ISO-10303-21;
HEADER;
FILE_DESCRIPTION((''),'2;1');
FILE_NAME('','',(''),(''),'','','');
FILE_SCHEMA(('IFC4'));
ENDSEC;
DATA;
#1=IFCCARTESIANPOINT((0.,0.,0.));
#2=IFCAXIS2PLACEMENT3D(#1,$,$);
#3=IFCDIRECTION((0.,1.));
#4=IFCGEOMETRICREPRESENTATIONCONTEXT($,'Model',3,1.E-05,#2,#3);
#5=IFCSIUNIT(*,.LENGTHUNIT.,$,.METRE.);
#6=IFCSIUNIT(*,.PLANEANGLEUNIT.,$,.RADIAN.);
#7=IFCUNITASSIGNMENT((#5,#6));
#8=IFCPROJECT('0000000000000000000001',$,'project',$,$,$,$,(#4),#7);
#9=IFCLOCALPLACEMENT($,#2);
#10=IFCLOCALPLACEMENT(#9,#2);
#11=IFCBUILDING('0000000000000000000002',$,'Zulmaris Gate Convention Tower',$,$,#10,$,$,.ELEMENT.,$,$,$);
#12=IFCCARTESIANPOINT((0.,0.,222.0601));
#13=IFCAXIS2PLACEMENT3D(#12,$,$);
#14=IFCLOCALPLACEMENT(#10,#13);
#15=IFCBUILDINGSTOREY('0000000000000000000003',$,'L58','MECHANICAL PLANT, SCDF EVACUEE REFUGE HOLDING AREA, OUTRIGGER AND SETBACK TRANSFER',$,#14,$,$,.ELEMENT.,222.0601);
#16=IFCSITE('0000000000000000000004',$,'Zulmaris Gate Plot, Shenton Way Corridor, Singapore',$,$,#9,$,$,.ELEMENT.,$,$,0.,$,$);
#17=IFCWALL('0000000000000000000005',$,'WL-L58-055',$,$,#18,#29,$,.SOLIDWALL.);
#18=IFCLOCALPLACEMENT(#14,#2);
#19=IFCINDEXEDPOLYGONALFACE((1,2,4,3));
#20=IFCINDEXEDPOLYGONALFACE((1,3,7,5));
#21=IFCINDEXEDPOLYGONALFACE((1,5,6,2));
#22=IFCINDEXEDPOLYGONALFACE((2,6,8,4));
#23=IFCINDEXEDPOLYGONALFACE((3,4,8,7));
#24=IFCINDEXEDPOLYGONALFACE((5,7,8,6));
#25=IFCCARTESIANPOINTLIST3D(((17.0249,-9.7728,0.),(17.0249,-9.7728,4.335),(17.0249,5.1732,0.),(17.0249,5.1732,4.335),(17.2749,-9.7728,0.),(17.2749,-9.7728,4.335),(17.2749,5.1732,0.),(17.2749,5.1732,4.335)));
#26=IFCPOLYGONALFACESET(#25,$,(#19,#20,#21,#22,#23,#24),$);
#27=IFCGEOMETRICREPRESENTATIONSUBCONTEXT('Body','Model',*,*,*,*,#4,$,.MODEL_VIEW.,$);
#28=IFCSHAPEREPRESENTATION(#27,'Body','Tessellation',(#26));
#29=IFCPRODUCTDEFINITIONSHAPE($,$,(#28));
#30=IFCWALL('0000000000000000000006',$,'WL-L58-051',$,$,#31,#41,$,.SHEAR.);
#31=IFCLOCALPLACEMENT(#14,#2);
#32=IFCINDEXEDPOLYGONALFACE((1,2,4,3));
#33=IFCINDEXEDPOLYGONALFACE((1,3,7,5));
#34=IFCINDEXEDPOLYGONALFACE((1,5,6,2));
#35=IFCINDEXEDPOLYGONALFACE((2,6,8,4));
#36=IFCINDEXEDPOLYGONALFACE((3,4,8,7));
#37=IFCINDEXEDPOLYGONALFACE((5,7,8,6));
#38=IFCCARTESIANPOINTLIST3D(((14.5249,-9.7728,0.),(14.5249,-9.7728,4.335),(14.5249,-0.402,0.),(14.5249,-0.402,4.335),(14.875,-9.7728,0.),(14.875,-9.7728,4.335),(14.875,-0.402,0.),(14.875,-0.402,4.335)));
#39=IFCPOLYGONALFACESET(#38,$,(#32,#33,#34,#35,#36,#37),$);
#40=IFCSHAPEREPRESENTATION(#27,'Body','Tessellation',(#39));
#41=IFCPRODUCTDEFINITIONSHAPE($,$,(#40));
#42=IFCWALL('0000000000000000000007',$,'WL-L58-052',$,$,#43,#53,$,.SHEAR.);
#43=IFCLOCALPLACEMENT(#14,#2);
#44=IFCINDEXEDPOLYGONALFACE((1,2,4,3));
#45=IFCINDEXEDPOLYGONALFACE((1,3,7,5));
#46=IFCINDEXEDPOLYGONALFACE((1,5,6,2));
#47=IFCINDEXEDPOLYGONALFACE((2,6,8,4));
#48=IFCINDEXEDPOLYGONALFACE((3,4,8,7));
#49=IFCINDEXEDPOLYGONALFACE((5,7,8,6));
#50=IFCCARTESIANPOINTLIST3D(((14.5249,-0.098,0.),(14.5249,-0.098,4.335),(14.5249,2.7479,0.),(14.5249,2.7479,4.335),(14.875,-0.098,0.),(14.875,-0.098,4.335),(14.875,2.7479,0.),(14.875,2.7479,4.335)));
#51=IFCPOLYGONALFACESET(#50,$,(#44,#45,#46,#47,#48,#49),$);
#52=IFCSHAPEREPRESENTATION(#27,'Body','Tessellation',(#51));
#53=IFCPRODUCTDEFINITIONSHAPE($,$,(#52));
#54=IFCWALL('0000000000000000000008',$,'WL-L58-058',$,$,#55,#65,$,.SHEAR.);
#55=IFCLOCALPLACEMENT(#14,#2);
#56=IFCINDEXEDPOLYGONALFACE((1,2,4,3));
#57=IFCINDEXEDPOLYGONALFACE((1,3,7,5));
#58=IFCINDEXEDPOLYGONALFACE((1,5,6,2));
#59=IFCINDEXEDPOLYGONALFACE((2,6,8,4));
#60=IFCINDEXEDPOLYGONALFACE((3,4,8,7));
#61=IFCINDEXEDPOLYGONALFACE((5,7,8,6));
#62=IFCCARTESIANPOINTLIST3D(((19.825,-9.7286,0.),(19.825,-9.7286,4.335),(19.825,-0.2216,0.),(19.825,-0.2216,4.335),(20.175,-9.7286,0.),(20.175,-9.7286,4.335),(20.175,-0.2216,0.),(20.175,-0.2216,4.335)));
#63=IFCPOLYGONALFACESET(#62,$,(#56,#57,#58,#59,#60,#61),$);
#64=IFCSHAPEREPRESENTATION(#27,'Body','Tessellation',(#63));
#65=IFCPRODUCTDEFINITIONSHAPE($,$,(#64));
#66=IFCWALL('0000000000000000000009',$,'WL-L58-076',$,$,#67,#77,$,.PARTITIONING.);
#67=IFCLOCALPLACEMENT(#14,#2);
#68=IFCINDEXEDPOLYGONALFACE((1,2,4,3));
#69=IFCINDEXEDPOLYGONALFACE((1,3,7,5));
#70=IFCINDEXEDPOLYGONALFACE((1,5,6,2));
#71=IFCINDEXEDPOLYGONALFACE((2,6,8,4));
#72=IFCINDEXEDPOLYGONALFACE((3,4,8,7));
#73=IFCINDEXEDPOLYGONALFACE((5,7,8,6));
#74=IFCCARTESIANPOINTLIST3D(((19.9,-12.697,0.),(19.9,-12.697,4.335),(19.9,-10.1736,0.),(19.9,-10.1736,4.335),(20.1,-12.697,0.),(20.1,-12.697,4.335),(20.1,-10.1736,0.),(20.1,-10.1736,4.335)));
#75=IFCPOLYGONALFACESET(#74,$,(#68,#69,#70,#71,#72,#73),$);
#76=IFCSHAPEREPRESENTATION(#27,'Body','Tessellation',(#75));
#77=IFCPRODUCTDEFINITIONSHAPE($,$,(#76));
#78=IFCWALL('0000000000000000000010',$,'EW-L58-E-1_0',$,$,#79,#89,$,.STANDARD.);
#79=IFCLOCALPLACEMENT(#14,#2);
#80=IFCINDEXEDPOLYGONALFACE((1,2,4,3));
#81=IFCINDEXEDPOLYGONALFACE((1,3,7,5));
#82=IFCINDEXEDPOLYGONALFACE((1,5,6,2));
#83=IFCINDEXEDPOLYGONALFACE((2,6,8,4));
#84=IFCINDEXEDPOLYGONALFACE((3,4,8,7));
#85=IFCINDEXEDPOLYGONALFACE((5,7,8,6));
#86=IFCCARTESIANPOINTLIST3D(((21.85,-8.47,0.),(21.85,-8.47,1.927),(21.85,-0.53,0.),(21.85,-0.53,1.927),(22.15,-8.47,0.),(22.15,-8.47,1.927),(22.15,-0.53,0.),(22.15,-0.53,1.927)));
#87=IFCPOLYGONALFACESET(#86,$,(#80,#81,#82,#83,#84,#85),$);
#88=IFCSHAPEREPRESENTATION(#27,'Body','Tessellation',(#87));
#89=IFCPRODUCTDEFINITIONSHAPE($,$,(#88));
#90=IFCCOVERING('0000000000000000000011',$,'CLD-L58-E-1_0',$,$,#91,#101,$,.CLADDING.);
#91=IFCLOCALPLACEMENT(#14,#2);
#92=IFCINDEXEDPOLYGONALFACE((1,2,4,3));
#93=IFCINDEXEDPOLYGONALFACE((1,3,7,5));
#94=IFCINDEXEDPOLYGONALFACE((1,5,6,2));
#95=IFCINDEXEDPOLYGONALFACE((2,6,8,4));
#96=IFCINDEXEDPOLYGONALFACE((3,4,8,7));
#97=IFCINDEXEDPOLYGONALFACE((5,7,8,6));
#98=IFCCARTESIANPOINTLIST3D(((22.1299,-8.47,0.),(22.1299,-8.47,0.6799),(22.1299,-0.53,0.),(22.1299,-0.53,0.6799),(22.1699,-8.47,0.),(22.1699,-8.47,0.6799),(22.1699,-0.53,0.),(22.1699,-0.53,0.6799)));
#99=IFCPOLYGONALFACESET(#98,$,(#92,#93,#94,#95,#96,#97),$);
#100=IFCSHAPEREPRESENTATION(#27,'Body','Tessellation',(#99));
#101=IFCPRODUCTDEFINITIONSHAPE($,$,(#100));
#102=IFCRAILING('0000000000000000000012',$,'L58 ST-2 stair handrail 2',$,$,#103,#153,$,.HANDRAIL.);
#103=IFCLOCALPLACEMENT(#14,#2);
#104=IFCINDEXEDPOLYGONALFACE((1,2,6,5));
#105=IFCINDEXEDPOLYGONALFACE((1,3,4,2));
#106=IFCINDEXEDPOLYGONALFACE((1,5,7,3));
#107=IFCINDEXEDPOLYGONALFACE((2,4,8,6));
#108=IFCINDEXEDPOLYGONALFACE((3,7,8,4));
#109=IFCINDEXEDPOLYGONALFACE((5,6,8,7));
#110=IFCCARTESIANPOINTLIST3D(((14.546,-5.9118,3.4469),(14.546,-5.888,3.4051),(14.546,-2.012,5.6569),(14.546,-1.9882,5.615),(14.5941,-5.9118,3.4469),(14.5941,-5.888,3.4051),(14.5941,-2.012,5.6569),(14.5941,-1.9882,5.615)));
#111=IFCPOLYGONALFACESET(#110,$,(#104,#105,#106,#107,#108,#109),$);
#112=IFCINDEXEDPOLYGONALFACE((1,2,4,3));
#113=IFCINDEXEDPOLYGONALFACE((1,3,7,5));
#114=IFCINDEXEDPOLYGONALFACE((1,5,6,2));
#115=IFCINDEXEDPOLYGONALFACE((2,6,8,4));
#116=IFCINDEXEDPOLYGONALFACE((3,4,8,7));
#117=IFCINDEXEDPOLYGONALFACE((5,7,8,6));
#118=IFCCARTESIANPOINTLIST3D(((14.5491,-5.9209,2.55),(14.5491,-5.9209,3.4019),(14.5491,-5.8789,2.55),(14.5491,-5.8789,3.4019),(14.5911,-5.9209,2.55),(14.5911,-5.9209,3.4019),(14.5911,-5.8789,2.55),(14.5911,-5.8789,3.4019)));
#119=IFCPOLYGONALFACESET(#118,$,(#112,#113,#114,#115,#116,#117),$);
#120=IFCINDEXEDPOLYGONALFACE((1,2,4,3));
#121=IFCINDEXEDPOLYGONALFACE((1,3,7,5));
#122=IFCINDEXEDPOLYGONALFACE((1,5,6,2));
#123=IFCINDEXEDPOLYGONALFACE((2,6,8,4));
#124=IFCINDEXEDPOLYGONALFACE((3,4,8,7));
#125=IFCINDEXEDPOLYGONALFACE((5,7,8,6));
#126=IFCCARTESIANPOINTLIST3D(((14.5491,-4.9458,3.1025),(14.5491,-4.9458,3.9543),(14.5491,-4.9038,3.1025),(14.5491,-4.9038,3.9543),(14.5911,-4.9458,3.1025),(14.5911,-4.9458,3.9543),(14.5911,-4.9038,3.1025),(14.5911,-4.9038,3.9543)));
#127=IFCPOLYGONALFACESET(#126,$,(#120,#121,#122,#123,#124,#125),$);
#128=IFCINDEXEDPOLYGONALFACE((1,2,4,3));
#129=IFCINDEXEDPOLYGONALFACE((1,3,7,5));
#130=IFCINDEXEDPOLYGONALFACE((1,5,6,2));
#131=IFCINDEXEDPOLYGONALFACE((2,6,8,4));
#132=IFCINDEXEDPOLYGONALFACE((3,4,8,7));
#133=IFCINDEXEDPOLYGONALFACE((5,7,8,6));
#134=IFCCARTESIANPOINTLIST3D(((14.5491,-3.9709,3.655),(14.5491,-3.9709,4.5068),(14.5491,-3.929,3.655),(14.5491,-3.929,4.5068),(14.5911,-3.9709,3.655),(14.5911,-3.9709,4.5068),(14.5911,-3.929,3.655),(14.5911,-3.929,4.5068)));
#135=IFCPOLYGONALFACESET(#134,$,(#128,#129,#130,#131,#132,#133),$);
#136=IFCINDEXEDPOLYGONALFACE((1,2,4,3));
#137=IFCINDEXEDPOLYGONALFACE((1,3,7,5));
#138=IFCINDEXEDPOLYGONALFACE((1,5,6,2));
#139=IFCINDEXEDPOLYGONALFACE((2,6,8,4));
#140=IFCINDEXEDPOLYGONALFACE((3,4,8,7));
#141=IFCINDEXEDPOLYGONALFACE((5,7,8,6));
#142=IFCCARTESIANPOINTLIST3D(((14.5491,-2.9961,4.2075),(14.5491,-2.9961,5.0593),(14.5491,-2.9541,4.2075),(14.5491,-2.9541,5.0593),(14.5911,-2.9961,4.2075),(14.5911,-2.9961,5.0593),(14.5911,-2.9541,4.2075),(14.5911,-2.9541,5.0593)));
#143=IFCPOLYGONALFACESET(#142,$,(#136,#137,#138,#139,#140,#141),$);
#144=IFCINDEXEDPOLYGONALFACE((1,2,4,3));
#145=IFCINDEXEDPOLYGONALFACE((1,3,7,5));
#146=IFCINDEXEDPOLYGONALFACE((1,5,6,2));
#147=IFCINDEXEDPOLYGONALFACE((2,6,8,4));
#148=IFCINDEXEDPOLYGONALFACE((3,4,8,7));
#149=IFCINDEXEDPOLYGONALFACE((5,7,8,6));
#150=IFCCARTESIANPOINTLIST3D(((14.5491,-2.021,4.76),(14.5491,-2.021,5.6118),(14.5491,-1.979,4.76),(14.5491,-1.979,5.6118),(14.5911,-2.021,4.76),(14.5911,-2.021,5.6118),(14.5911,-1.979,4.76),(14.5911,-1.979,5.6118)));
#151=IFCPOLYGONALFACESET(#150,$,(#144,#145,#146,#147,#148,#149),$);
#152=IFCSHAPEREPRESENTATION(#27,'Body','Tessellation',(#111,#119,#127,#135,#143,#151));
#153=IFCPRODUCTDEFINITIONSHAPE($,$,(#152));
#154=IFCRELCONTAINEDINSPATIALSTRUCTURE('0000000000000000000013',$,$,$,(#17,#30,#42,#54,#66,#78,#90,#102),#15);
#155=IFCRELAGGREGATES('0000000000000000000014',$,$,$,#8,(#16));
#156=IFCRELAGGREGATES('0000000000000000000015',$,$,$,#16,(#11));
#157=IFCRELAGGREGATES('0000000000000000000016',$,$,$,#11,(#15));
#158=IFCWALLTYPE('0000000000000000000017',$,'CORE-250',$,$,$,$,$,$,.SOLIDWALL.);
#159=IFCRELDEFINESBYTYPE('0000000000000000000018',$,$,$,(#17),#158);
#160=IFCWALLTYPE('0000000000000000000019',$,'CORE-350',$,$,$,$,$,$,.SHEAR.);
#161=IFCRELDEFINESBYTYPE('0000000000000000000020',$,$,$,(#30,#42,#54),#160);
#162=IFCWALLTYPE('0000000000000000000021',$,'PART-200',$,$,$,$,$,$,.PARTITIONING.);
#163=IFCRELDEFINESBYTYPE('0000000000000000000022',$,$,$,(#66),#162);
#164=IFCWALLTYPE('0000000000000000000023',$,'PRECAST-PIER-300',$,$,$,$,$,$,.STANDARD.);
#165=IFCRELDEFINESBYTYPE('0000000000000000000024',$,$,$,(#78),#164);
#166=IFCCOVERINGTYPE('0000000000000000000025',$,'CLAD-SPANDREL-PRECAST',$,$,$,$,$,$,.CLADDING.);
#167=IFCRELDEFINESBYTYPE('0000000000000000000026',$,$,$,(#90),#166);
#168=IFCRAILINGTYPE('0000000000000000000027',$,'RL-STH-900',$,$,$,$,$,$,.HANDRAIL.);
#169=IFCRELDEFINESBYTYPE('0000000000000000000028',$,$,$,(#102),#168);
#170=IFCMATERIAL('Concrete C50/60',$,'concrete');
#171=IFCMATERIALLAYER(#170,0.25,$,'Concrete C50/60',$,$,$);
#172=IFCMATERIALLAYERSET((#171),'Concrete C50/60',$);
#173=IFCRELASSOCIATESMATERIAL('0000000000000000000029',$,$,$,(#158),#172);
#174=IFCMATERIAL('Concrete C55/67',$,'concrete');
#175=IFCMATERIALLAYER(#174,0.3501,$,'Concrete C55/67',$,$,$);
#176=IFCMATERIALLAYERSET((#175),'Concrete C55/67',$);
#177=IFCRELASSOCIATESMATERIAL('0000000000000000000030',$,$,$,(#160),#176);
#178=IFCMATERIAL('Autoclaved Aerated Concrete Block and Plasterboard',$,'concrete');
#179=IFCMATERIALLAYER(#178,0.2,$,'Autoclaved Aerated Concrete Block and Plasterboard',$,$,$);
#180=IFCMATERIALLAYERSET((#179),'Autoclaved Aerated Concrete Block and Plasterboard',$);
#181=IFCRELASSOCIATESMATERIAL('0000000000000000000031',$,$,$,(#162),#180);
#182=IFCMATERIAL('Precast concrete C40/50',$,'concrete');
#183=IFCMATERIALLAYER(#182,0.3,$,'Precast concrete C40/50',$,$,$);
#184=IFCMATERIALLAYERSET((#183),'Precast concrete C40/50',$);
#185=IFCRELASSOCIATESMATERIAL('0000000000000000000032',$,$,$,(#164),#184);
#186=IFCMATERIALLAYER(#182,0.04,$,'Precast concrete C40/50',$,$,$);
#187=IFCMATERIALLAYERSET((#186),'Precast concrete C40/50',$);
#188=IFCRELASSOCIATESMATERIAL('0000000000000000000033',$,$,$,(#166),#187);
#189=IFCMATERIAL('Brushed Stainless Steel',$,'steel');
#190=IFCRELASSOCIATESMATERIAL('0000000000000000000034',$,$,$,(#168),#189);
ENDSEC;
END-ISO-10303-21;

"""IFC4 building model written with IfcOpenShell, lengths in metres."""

from ifc_helpers import new_model, si_unit, direction, frame, frame_2d, origin, origin_2d, place, context, subcontext, project, spatial, rectangle, extrude, material, layer, layer_set, type_object, element, save


model = new_model("IFC4")

# Units and contexts
model_context = context("Model", 3, precision=1e-05, world=origin(), true_north=direction((0.0, 1.0)))
body_context = subcontext(model_context, "Body", "Model", "MODEL_VIEW")
ifc_project = project(units=[si_unit("LENGTHUNIT", "METRE"), si_unit("PLANEANGLEUNIT", "RADIAN")], contexts=[model_context])

# Site, building, storey
site_placement = place(None, origin())
site = spatial("IfcSite", under=ifc_project, at=site_placement, Name="Zulmaris Gate Plot, Shenton Way Corridor, Singapore", CompositionType="ELEMENT", RefElevation=0.0)
building_placement = place(site_placement, origin())
building = spatial("IfcBuilding", under=site, at=building_placement, Name="Zulmaris Gate Convention Tower", CompositionType="ELEMENT")
storey_placement = place(building_placement, frame((0.0, 0.0, 222.0601)))
storey = spatial("IfcBuildingStorey", under=building, at=storey_placement, Name="L58", Description="MECHANICAL PLANT, SCDF EVACUEE REFUGE HOLDING AREA, OUTRIGGER AND SETBACK TRANSFER", CompositionType="ELEMENT", Elevation=222.0601)

# Wall
ifc_material_1 = material(Name="Concrete C50/60", Category="concrete")
ifc_layer_1 = layer(ifc_material_1, 0.25, Name="Concrete C50/60")
ifc_layer_set_1 = layer_set([ifc_layer_1], Name="Concrete C50/60")
wall_type_1 = type_object("IfcWallType", Name="CORE-250", PredefinedType="SOLIDWALL", material=ifc_layer_set_1)
wall_1_placement = place(storey_placement, frame((17.1499, -9.7729, 0.0), z_axis=(0.0, 0.0, 1.0), x_axis=(0.0, 1.0, 0.0)))
element("IfcWall", 1, at=wall_1_placement, inside=storey, type_object=wall_type_1, Name="WL-L58-055", PredefinedType="SOLIDWALL", context=body_context, shape_type="SweptSolid", body=[
    extrude(rectangle(XDim=14.946, YDim=0.25, at=frame_2d((7.4731, 0.0))), origin(), (0.0, 0.0, 1.0), 4.335),
])

# Shared definitions
ifc_material_2 = material(Name="Concrete C55/67", Category="concrete")
ifc_layer_2 = layer(ifc_material_2, 0.3501, Name="Concrete C55/67")
ifc_layer_set_2 = layer_set([ifc_layer_2], Name="Concrete C55/67")
wall_type_2 = type_object("IfcWallType", Name="CORE-350", PredefinedType="SHEAR", material=ifc_layer_set_2)

# Walls
wall_2_placement = place(storey_placement, frame((14.7, -9.7729, 0.0), z_axis=(0.0, 0.0, 1.0), x_axis=(0.0, 1.0, 0.0)))
element("IfcWall", 2, at=wall_2_placement, inside=storey, type_object=wall_type_2, Name="WL-L58-051", PredefinedType="SHEAR", context=body_context, shape_type="SweptSolid", body=[
    extrude(rectangle(XDim=9.3708, YDim=0.3501, at=frame_2d((4.6855, 0.0))), origin(), (0.0, 0.0, 1.0), 4.335),
])
wall_3_placement = place(storey_placement, frame((14.7, -0.0979, 0.0), z_axis=(0.0, 0.0, 1.0), x_axis=(0.0, 1.0, 0.0)))
element("IfcWall", 3, at=wall_3_placement, inside=storey, type_object=wall_type_2, Name="WL-L58-052", PredefinedType="SHEAR", context=body_context, shape_type="SweptSolid", body=[
    extrude(rectangle(XDim=2.8459, YDim=0.3501, at=frame_2d((1.4229, 0.0))), origin(), (0.0, 0.0, 1.0), 4.335),
])
wall_4_placement = place(storey_placement, frame((20.0, -9.7285, 0.0), z_axis=(0.0, 0.0, 1.0), x_axis=(0.0, 1.0, 0.0)))
element("IfcWall", 4, at=wall_4_placement, inside=storey, type_object=wall_type_2, Name="WL-L58-058", PredefinedType="SHEAR", context=body_context, shape_type="SweptSolid", body=[
    extrude(rectangle(XDim=9.5071, YDim=0.3501, at=frame_2d((4.7534, 0.0))), origin(), (0.0, 0.0, 1.0), 4.335),
])
ifc_material_3 = material(Name="Autoclaved Aerated Concrete Block and Plasterboard", Category="concrete")
ifc_layer_3 = layer(ifc_material_3, 0.2, Name="Autoclaved Aerated Concrete Block and Plasterboard")
ifc_layer_set_3 = layer_set([ifc_layer_3], Name="Autoclaved Aerated Concrete Block and Plasterboard")
wall_type_3 = type_object("IfcWallType", Name="PART-200", PredefinedType="PARTITIONING", material=ifc_layer_set_3)
wall_5_placement = place(storey_placement, frame((20.0, -12.697, 0.0), z_axis=(0.0, 0.0, 1.0), x_axis=(0.0, 1.0, 0.0)))
element("IfcWall", 5, at=wall_5_placement, inside=storey, type_object=wall_type_3, Name="WL-L58-076", PredefinedType="PARTITIONING", context=body_context, shape_type="SweptSolid", body=[
    extrude(rectangle(XDim=2.5234, YDim=0.2, at=frame_2d((1.2617, 0.0))), origin(), (0.0, 0.0, 1.0), 4.335),
])
ifc_material_4 = material(Name="Precast concrete C40/50", Category="concrete")
ifc_layer_4 = layer(ifc_material_4, 0.3, Name="Precast concrete C40/50")
ifc_layer_set_4 = layer_set([ifc_layer_4], Name="Precast concrete C40/50")
wall_type_4 = type_object("IfcWallType", Name="PRECAST-PIER-300", PredefinedType="STANDARD", material=ifc_layer_set_4)
wall_6_placement = place(storey_placement, frame((22.0, -8.47, 0.0), z_axis=(0.0, 0.0, 1.0), x_axis=(0.0, 1.0, 0.0)))
element("IfcWall", 6, at=wall_6_placement, inside=storey, type_object=wall_type_4, Name="EW-L58-E-1_0", PredefinedType="STANDARD", context=body_context, shape_type="SweptSolid", body=[
    extrude(rectangle(XDim=7.9399, YDim=0.3, at=frame_2d((3.97, 0.0))), origin(), (0.0, 0.0, 1.0), 1.927),
])

# Covering
ifc_layer_5 = layer(ifc_material_4, 0.04, Name="Precast concrete C40/50")
ifc_layer_set_5 = layer_set([ifc_layer_5], Name="Precast concrete C40/50")
covering_type = type_object("IfcCoveringType", Name="CLAD-SPANDREL-PRECAST", PredefinedType="CLADDING", material=ifc_layer_set_5)
covering_placement = place(storey_placement, frame((22.1499, -8.47, 0.0), z_axis=(0.0, 0.0, 1.0), x_axis=(0.0, 1.0, 0.0)))
element("IfcCovering", 7, at=covering_placement, inside=storey, type_object=covering_type, Name="CLD-L58-E-1_0", PredefinedType="CLADDING", context=body_context, shape_type="SweptSolid", body=[
    extrude(rectangle(XDim=7.9399, YDim=0.04, at=frame_2d((3.97, 0.0))), origin(), (0.0, 0.0, 1.0), 0.6799),
])

# Railing
ifc_material_5 = material(Name="Brushed Stainless Steel", Category="steel")
railing_type = type_object("IfcRailingType", Name="RL-STH-900", PredefinedType="HANDRAIL", material=ifc_material_5)
railing_placement = place(storey_placement, frame((14.5701, -5.8999, 2.55)))
element("IfcRailing", 8, at=railing_placement, inside=storey, type_object=railing_type, Name="L58 ST-2 stair handrail 2", PredefinedType="HANDRAIL", context=body_context, shape_type="SweptSolid", body=[
    extrude(rectangle(XDim=0.0481, YDim=0.0481, at=origin_2d()), frame((0.0, 0.0, 0.876), z_axis=(0.0, 0.870021, 0.493015), x_axis=(-1.0, 0.0, 0.0)), (0.0, 0.0, 1.0), 4.4824),
    extrude(rectangle(XDim=0.042, YDim=0.042, at=origin_2d()), origin(), (0.0, 0.0, 1.0), 0.8518),
    extrude(rectangle(XDim=0.042, YDim=0.042, at=origin_2d()), frame((0.0, 0.9751, 0.5525)), (0.0, 0.0, 1.0), 0.8518),
    extrude(rectangle(XDim=0.042, YDim=0.042, at=origin_2d()), frame((0.0, 1.95, 1.105)), (0.0, 0.0, 1.0), 0.8518),
    extrude(rectangle(XDim=0.042, YDim=0.042, at=origin_2d()), frame((0.0, 2.9248, 1.6575)), (0.0, 0.0, 1.0), 0.8518),
    extrude(rectangle(XDim=0.042, YDim=0.042, at=origin_2d()), frame((0.0, 3.8999, 2.21)), (0.0, 0.0, 1.0), 0.8518),
])

save(model, "model.ifc")
